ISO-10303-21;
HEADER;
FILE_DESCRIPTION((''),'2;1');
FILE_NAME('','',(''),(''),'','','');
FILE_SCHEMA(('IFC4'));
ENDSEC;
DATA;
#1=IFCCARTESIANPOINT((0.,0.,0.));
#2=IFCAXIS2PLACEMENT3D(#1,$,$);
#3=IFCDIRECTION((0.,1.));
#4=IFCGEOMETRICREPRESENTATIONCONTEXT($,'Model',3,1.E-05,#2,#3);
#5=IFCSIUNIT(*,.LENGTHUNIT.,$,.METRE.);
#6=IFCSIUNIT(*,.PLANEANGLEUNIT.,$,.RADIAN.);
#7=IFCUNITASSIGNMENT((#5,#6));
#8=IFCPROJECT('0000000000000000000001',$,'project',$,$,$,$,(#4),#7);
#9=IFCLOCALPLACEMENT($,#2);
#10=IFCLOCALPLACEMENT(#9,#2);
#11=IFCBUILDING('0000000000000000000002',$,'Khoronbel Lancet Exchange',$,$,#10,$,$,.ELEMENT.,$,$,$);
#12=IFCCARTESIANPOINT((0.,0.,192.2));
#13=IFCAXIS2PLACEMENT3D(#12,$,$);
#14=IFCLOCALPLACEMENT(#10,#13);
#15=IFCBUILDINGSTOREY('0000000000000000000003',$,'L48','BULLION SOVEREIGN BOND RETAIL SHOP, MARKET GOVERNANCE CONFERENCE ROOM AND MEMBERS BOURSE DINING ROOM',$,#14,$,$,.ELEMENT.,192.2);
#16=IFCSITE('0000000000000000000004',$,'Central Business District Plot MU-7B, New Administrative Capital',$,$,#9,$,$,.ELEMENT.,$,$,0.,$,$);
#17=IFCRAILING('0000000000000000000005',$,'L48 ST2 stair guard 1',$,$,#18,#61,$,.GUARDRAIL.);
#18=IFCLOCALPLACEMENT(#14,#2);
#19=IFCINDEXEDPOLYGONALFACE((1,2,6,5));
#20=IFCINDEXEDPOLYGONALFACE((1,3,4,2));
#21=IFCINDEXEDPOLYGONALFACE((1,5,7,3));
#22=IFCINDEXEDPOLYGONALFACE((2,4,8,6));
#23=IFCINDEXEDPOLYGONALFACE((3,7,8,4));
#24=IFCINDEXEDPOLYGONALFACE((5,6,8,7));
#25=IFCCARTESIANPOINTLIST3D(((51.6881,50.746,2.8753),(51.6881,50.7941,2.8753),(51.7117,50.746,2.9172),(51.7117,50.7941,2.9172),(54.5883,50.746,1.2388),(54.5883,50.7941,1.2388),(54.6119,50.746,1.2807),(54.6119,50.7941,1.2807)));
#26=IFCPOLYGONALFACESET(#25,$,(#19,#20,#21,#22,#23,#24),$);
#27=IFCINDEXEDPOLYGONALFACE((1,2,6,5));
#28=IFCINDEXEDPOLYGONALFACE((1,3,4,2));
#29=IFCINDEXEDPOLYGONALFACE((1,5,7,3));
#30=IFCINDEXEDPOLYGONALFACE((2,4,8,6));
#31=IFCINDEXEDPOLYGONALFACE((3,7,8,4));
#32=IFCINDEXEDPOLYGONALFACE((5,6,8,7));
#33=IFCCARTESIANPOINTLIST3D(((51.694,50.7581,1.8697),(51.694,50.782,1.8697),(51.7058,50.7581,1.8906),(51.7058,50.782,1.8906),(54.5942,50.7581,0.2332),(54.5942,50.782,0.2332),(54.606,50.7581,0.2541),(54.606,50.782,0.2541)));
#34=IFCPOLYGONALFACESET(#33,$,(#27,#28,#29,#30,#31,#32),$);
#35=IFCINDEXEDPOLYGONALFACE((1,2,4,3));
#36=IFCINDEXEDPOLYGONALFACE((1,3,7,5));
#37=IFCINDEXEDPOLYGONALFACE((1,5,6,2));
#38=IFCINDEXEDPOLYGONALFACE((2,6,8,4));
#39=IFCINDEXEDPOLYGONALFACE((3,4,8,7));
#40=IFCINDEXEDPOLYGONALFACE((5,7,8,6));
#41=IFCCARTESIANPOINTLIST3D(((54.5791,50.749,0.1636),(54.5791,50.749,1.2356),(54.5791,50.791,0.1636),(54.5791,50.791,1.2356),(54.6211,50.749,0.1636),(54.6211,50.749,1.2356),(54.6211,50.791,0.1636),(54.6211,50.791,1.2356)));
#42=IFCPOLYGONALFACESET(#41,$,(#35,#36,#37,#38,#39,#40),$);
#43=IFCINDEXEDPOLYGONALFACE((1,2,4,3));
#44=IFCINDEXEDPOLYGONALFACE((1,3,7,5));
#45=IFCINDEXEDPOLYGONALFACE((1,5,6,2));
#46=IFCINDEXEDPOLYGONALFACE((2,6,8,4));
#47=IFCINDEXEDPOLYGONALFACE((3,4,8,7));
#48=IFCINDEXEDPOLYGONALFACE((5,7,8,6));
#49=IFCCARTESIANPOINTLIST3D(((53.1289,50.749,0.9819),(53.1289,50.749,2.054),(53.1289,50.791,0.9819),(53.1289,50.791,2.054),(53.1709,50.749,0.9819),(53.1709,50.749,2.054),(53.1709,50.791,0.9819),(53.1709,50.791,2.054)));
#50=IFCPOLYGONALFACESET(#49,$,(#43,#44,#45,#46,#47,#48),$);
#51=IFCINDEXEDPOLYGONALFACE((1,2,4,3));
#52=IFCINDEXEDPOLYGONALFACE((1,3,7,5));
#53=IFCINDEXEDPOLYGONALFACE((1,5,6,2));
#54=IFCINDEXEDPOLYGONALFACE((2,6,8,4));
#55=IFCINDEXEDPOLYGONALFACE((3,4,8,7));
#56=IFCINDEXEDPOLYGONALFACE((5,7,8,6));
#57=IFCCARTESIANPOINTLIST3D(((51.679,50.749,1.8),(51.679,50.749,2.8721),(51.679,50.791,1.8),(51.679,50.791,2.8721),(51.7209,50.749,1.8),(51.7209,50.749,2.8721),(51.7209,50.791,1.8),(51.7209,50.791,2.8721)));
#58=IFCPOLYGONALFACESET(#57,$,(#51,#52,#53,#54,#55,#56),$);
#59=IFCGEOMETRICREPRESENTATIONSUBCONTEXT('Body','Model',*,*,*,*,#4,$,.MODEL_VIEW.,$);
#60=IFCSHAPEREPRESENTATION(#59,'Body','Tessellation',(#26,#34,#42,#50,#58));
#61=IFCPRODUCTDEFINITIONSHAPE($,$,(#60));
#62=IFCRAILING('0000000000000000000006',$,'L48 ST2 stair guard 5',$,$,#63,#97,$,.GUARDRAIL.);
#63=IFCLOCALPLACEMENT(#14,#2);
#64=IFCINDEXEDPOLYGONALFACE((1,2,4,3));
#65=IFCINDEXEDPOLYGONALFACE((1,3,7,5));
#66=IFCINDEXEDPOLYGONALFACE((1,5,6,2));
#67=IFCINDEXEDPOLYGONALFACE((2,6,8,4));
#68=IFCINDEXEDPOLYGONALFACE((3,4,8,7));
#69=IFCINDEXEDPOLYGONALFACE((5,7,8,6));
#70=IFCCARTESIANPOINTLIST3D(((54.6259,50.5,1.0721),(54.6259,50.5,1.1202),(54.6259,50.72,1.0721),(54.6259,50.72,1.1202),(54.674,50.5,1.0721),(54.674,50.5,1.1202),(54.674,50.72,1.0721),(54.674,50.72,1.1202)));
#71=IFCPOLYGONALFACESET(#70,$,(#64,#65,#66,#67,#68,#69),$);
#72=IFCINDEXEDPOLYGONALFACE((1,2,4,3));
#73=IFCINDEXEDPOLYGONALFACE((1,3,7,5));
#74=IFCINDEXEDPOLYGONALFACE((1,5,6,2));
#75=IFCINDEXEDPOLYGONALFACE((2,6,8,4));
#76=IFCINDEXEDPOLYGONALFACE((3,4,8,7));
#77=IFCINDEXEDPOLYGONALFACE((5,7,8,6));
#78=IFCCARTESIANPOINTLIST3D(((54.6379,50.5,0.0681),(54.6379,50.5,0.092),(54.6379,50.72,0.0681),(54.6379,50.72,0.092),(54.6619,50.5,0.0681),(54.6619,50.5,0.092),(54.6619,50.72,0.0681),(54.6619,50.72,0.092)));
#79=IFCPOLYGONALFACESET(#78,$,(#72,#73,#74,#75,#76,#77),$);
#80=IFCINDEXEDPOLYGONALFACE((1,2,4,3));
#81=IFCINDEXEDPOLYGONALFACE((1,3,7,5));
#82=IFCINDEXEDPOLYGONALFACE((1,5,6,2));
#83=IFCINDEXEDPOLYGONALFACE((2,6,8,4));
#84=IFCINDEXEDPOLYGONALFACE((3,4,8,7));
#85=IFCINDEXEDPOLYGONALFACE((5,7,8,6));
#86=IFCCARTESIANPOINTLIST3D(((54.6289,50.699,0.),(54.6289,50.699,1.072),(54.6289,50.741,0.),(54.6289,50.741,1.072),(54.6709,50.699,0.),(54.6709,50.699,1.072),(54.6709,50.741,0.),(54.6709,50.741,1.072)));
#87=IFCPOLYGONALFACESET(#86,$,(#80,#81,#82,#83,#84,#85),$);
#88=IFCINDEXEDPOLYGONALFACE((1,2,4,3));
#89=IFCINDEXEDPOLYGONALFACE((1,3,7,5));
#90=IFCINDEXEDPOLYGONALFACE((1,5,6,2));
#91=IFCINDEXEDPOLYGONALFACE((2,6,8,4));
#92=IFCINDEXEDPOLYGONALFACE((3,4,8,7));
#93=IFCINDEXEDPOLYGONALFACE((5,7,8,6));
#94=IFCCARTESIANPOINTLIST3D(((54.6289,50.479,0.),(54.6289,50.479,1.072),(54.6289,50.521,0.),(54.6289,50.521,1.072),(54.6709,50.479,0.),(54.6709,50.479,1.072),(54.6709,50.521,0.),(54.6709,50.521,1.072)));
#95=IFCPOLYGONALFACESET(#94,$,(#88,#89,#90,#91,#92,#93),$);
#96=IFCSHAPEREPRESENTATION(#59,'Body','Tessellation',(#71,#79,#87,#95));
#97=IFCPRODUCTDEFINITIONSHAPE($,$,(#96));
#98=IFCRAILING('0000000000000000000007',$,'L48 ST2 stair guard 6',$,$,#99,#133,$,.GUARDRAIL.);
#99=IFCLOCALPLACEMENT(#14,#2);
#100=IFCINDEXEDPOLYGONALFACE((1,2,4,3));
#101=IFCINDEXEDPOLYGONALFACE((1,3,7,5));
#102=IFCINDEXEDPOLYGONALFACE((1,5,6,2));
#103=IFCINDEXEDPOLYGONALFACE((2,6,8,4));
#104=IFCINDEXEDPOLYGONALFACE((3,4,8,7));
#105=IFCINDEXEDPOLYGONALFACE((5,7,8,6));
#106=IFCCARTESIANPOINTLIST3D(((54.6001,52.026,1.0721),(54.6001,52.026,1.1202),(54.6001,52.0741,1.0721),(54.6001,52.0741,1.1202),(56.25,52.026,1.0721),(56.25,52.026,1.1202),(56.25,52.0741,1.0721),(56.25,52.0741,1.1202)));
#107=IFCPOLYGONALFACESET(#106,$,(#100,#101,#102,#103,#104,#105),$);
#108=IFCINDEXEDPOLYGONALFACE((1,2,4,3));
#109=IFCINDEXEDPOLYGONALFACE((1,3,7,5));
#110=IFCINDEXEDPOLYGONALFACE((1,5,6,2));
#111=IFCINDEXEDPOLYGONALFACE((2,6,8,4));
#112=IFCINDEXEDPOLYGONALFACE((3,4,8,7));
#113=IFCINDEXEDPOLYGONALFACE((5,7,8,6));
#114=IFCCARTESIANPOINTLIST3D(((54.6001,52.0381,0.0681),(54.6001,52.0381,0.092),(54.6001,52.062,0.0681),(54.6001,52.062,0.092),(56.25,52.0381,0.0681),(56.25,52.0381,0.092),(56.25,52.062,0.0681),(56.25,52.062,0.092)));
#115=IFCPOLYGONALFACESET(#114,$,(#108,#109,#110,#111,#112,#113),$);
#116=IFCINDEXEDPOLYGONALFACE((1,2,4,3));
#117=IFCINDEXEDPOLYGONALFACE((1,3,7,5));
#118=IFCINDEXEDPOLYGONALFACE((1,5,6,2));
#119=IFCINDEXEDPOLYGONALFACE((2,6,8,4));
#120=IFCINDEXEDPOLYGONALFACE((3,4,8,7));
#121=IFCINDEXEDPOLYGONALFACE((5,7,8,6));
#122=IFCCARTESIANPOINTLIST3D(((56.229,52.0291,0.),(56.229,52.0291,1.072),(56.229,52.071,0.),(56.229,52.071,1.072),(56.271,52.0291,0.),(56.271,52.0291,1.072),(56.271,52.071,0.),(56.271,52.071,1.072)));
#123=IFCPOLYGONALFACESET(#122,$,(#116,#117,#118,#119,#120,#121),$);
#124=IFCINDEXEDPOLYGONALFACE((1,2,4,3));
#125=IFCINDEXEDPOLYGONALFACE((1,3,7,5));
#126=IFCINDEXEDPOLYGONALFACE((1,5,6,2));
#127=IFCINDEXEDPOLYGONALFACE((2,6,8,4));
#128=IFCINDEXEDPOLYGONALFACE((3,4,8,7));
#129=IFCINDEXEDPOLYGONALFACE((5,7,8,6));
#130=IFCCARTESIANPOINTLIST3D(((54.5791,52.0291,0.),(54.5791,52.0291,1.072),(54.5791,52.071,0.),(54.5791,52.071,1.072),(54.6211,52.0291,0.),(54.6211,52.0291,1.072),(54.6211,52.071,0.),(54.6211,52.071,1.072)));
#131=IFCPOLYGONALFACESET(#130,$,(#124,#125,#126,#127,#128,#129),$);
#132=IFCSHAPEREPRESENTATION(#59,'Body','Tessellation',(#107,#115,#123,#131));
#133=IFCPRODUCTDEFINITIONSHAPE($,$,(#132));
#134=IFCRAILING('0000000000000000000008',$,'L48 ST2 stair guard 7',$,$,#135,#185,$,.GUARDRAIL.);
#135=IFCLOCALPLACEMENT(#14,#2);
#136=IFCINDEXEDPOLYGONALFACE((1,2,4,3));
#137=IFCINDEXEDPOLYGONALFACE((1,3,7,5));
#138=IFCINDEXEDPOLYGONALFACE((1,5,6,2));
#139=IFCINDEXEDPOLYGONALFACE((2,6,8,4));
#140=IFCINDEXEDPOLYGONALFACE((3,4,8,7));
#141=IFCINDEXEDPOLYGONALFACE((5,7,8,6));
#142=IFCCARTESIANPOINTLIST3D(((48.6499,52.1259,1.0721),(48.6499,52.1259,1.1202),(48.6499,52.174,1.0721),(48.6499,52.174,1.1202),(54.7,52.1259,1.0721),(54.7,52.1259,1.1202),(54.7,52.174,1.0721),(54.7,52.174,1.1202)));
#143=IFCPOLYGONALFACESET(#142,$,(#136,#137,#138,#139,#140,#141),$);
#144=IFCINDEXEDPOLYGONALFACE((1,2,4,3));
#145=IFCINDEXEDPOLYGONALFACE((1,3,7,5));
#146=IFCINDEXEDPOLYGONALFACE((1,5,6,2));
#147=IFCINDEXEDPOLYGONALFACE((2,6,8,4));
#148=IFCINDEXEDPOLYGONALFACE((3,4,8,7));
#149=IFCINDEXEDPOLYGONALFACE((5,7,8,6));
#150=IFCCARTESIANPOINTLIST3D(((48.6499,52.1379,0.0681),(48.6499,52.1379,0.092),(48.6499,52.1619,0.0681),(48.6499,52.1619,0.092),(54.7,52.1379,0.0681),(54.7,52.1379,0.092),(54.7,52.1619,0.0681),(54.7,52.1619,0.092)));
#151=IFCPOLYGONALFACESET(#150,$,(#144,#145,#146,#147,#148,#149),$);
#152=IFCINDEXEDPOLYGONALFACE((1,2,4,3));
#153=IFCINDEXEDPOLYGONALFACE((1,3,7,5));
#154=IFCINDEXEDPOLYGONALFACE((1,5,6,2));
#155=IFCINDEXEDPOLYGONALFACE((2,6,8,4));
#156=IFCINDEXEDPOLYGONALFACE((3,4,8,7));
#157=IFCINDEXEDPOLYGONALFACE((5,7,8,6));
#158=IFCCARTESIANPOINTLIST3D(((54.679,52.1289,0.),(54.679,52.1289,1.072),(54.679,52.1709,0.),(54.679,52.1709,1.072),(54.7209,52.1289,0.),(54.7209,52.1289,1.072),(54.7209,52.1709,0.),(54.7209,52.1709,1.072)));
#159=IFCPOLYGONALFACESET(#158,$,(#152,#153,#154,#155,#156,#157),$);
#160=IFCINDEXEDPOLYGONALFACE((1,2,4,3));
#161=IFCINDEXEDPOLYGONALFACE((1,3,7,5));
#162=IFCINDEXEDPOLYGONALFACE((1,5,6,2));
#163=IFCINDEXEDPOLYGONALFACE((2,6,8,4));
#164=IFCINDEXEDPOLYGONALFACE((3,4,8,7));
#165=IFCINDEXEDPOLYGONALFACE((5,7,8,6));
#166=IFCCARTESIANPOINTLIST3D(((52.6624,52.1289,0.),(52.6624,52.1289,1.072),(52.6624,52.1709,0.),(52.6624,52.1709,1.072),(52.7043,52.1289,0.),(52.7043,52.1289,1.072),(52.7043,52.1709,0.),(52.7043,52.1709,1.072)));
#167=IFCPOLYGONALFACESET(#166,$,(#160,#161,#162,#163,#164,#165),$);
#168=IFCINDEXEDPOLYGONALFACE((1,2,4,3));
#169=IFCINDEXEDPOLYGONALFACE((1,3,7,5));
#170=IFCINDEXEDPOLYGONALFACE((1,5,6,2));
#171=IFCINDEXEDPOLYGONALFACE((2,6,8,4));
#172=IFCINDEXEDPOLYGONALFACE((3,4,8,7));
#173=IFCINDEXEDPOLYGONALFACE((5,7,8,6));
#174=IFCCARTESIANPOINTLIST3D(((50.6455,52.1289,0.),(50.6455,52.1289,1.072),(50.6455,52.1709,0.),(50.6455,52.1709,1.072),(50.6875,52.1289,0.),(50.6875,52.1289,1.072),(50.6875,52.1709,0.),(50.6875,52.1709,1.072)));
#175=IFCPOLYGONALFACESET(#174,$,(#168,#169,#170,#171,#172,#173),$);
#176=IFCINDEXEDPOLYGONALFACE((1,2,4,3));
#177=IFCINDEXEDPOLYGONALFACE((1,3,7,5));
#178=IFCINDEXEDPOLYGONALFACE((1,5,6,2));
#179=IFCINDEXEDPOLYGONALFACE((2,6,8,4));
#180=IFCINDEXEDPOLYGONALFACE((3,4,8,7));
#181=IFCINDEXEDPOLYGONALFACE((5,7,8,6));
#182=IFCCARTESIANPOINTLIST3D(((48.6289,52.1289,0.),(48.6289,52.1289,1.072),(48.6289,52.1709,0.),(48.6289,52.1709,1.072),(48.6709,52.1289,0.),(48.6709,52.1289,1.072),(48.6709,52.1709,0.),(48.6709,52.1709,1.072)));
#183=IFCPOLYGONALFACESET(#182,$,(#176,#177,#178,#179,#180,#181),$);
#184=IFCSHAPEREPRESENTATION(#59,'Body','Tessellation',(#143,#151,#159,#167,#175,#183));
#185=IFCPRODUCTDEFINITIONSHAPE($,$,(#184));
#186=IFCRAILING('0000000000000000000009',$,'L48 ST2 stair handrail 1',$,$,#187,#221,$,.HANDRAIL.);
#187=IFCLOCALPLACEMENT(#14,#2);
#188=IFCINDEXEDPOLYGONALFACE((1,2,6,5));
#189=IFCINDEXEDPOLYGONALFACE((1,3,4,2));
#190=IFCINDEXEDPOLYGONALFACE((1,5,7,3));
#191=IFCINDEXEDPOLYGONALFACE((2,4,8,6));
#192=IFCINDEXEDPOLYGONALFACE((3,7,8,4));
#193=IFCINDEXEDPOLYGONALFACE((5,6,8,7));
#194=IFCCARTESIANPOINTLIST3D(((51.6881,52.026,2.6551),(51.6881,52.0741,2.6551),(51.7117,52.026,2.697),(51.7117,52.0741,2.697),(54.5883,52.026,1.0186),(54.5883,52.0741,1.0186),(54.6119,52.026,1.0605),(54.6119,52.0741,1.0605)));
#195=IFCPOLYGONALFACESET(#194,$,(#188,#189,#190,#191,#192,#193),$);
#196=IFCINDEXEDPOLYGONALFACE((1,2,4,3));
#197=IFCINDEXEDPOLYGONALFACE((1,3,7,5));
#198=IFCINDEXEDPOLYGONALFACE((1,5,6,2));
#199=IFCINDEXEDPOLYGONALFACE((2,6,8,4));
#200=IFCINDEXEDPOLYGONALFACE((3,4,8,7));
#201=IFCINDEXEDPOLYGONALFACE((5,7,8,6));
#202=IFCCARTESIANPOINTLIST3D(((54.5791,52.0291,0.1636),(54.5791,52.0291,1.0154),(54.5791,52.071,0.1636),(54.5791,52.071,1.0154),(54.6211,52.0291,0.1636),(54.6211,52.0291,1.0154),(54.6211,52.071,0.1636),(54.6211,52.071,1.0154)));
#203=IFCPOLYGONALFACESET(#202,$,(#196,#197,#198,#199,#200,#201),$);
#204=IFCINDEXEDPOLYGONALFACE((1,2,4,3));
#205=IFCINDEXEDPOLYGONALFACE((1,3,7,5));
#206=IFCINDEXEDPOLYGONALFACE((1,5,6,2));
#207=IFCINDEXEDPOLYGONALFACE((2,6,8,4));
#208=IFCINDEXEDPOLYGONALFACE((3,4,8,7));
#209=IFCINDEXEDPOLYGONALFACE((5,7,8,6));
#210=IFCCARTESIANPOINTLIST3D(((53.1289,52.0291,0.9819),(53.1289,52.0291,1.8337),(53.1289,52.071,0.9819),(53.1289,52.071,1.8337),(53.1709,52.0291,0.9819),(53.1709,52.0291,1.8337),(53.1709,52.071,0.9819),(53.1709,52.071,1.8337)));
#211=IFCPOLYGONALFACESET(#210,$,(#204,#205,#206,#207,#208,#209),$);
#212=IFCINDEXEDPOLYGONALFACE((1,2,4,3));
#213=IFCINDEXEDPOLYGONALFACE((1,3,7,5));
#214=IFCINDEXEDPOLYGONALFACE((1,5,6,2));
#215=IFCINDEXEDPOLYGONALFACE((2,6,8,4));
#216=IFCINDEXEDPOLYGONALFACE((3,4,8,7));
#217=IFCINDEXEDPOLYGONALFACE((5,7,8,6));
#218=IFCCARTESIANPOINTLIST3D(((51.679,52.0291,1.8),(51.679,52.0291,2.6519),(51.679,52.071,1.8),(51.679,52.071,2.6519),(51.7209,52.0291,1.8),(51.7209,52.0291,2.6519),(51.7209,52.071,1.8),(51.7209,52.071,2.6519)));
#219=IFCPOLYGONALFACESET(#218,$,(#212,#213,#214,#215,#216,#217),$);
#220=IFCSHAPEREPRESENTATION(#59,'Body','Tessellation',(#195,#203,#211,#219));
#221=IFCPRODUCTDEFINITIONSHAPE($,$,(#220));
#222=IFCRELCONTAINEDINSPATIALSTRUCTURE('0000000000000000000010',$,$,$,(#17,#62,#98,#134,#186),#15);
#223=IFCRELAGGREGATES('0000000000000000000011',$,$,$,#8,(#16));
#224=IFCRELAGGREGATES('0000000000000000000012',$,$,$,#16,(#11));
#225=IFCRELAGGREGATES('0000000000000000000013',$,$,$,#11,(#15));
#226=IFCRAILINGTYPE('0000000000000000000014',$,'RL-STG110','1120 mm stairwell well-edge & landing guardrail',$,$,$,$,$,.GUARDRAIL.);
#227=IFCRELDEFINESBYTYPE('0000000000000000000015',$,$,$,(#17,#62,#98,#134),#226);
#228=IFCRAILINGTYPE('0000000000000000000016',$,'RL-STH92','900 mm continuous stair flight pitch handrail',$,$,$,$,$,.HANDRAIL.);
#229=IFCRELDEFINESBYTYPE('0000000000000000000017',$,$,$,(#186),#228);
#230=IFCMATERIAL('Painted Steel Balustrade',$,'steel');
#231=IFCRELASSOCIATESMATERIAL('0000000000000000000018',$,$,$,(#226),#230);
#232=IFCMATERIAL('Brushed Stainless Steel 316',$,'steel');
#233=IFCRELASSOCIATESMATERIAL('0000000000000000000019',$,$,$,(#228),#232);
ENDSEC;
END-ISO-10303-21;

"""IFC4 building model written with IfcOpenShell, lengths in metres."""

from ifc_helpers import new_model, si_unit, direction, frame, origin, origin_2d, place, context, subcontext, project, spatial, rectangle, extrude, material, type_object, element, save


model = new_model("IFC4")

# Units and contexts
model_context = context("Model", 3, precision=1e-05, world=origin(), true_north=direction((0.0, 1.0)))
body_context = subcontext(model_context, "Body", "Model", "MODEL_VIEW")
ifc_project = project(units=[si_unit("LENGTHUNIT", "METRE"), si_unit("PLANEANGLEUNIT", "RADIAN")], contexts=[model_context])

# Site, building, storey
site_placement = place(None, origin())
site = spatial("IfcSite", under=ifc_project, at=site_placement, Name="Central Business District Plot MU-7B, New Administrative Capital", CompositionType="ELEMENT", RefElevation=0.0)
building_placement = place(site_placement, origin())
building = spatial("IfcBuilding", under=site, at=building_placement, Name="Khoronbel Lancet Exchange", CompositionType="ELEMENT")
storey_placement = place(building_placement, frame((0.0, 0.0, 192.2)))
storey = spatial("IfcBuildingStorey", under=building, at=storey_placement, Name="L48", Description="BULLION SOVEREIGN BOND RETAIL SHOP, MARKET GOVERNANCE CONFERENCE ROOM AND MEMBERS BOURSE DINING ROOM", CompositionType="ELEMENT", Elevation=192.2)

# Railings
ifc_material_1 = material(Name="Painted Steel Balustrade", Category="steel")
railing_type_1 = type_object("IfcRailingType", Name="RL-STG110", Description="1120 mm stairwell well-edge & landing guardrail", PredefinedType="GUARDRAIL", material=ifc_material_1)
railing_1_placement = place(storey_placement, frame((54.6001, 50.77, 0.1636)))
element("IfcRailing", 1, at=railing_1_placement, inside=storey, type_object=railing_type_1, Name="L48 ST2 stair guard 1", PredefinedType="GUARDRAIL", context=body_context, shape_type="SweptSolid", body=[
    extrude(rectangle(XDim=0.0481, YDim=0.0481, at=origin_2d()), frame((0.0, 0.0, 1.0962), z_axis=(-0.870915, 0.0, 0.491434), x_axis=(0.0, -1.0, 0.0)), (0.0, 0.0, 1.0), 3.3301),
    extrude(rectangle(XDim=0.0239, YDim=0.0239, at=origin_2d()), frame((0.0, 0.0, 0.0801), z_axis=(-0.870915, 0.0, 0.491434), x_axis=(0.0, -1.0, 0.0)), (0.0, 0.0, 1.0), 3.3301),
    extrude(rectangle(XDim=0.042, YDim=0.042, at=origin_2d()), origin(), (0.0, 0.0, 1.0), 1.072),
    extrude(rectangle(XDim=0.042, YDim=0.042, at=origin_2d()), frame((-1.4502, 0.0, 0.8184)), (0.0, 0.0, 1.0), 1.072),
    extrude(rectangle(XDim=0.042, YDim=0.042, at=origin_2d()), frame((-2.9001, 0.0, 1.6365)), (0.0, 0.0, 1.0), 1.072),
])
railing_2_placement = place(storey_placement, frame((54.6499, 50.72, 0.0)))
element("IfcRailing", 2, at=railing_2_placement, inside=storey, type_object=railing_type_1, Name="L48 ST2 stair guard 5", PredefinedType="GUARDRAIL", context=body_context, shape_type="SweptSolid", body=[
    extrude(rectangle(XDim=0.0481, YDim=0.0481, at=origin_2d()), frame((0.0, 0.0, 1.0962), z_axis=(0.0, -1.0, 0.0), x_axis=(1.0, 0.0, 0.0)), (0.0, 0.0, 1.0), 0.22),
    extrude(rectangle(XDim=0.0239, YDim=0.0239, at=origin_2d()), frame((0.0, 0.0, 0.0801), z_axis=(0.0, -1.0, 0.0), x_axis=(1.0, 0.0, 0.0)), (0.0, 0.0, 1.0), 0.22),
    extrude(rectangle(XDim=0.042, YDim=0.042, at=origin_2d()), origin(), (0.0, 0.0, 1.0), 1.072),
    extrude(rectangle(XDim=0.042, YDim=0.042, at=origin_2d()), frame((0.0, -0.22, 0.0)), (0.0, 0.0, 1.0), 1.072),
])
railing_3_placement = place(storey_placement, frame((56.25, 52.05, 0.0)))
element("IfcRailing", 3, at=railing_3_placement, inside=storey, type_object=railing_type_1, Name="L48 ST2 stair guard 6", PredefinedType="GUARDRAIL", context=body_context, shape_type="SweptSolid", body=[
    extrude(rectangle(XDim=0.0481, YDim=0.0481, at=origin_2d()), frame((0.0, 0.0, 1.0962), z_axis=(-1.0, 0.0, 0.0), x_axis=(0.0, -1.0, 0.0)), (0.0, 0.0, 1.0), 1.6499),
    extrude(rectangle(XDim=0.0239, YDim=0.0239, at=origin_2d()), frame((0.0, 0.0, 0.0801), z_axis=(-1.0, 0.0, 0.0), x_axis=(0.0, -1.0, 0.0)), (0.0, 0.0, 1.0), 1.6499),
    extrude(rectangle(XDim=0.042, YDim=0.042, at=origin_2d()), origin(), (0.0, 0.0, 1.0), 1.072),
    extrude(rectangle(XDim=0.042, YDim=0.042, at=origin_2d()), frame((-1.6499, 0.0, 0.0)), (0.0, 0.0, 1.0), 1.072),
])
railing_4_placement = place(storey_placement, frame((54.7, 52.1499, 0.0)))
element("IfcRailing", 4, at=railing_4_placement, inside=storey, type_object=railing_type_1, Name="L48 ST2 stair guard 7", PredefinedType="GUARDRAIL", context=body_context, shape_type="SweptSolid", body=[
    extrude(rectangle(XDim=0.0481, YDim=0.0481, at=origin_2d()), frame((0.0, 0.0, 1.0962), z_axis=(-1.0, 0.0, 0.0), x_axis=(0.0, -1.0, 0.0)), (0.0, 0.0, 1.0), 6.05),
    extrude(rectangle(XDim=0.0239, YDim=0.0239, at=origin_2d()), frame((0.0, 0.0, 0.0801), z_axis=(-1.0, 0.0, 0.0), x_axis=(0.0, -1.0, 0.0)), (0.0, 0.0, 1.0), 6.05),
    extrude(rectangle(XDim=0.042, YDim=0.042, at=origin_2d()), origin(), (0.0, 0.0, 1.0), 1.072),
    extrude(rectangle(XDim=0.042, YDim=0.042, at=origin_2d()), frame((-2.0166, 0.0, 0.0)), (0.0, 0.0, 1.0), 1.072),
    extrude(rectangle(XDim=0.042, YDim=0.042, at=origin_2d()), frame((-4.0334, 0.0, 0.0)), (0.0, 0.0, 1.0), 1.072),
    extrude(rectangle(XDim=0.042, YDim=0.042, at=origin_2d()), frame((-6.05, 0.0, 0.0)), (0.0, 0.0, 1.0), 1.072),
])
ifc_material_2 = material(Name="Brushed Stainless Steel 316", Category="steel")
railing_type_2 = type_object("IfcRailingType", Name="RL-STH92", Description="900 mm continuous stair flight pitch handrail", PredefinedType="HANDRAIL", material=ifc_material_2)
railing_5_placement = place(storey_placement, frame((54.6001, 52.05, 0.1636)))
element("IfcRailing", 5, at=railing_5_placement, inside=storey, type_object=railing_type_2, Name="L48 ST2 stair handrail 1", PredefinedType="HANDRAIL", context=body_context, shape_type="SweptSolid", body=[
    extrude(rectangle(XDim=0.0481, YDim=0.0481, at=origin_2d()), frame((0.0, 0.0, 0.876), z_axis=(-0.870915, 0.0, 0.491434), x_axis=(0.0, -1.0, 0.0)), (0.0, 0.0, 1.0), 3.3301),
    extrude(rectangle(XDim=0.042, YDim=0.042, at=origin_2d()), origin(), (0.0, 0.0, 1.0), 0.8518),
    extrude(rectangle(XDim=0.042, YDim=0.042, at=origin_2d()), frame((-1.4502, 0.0, 0.8184)), (0.0, 0.0, 1.0), 0.8518),
    extrude(rectangle(XDim=0.042, YDim=0.042, at=origin_2d()), frame((-2.9001, 0.0, 1.6365)), (0.0, 0.0, 1.0), 0.8518),
])

save(model, "model.ifc")
